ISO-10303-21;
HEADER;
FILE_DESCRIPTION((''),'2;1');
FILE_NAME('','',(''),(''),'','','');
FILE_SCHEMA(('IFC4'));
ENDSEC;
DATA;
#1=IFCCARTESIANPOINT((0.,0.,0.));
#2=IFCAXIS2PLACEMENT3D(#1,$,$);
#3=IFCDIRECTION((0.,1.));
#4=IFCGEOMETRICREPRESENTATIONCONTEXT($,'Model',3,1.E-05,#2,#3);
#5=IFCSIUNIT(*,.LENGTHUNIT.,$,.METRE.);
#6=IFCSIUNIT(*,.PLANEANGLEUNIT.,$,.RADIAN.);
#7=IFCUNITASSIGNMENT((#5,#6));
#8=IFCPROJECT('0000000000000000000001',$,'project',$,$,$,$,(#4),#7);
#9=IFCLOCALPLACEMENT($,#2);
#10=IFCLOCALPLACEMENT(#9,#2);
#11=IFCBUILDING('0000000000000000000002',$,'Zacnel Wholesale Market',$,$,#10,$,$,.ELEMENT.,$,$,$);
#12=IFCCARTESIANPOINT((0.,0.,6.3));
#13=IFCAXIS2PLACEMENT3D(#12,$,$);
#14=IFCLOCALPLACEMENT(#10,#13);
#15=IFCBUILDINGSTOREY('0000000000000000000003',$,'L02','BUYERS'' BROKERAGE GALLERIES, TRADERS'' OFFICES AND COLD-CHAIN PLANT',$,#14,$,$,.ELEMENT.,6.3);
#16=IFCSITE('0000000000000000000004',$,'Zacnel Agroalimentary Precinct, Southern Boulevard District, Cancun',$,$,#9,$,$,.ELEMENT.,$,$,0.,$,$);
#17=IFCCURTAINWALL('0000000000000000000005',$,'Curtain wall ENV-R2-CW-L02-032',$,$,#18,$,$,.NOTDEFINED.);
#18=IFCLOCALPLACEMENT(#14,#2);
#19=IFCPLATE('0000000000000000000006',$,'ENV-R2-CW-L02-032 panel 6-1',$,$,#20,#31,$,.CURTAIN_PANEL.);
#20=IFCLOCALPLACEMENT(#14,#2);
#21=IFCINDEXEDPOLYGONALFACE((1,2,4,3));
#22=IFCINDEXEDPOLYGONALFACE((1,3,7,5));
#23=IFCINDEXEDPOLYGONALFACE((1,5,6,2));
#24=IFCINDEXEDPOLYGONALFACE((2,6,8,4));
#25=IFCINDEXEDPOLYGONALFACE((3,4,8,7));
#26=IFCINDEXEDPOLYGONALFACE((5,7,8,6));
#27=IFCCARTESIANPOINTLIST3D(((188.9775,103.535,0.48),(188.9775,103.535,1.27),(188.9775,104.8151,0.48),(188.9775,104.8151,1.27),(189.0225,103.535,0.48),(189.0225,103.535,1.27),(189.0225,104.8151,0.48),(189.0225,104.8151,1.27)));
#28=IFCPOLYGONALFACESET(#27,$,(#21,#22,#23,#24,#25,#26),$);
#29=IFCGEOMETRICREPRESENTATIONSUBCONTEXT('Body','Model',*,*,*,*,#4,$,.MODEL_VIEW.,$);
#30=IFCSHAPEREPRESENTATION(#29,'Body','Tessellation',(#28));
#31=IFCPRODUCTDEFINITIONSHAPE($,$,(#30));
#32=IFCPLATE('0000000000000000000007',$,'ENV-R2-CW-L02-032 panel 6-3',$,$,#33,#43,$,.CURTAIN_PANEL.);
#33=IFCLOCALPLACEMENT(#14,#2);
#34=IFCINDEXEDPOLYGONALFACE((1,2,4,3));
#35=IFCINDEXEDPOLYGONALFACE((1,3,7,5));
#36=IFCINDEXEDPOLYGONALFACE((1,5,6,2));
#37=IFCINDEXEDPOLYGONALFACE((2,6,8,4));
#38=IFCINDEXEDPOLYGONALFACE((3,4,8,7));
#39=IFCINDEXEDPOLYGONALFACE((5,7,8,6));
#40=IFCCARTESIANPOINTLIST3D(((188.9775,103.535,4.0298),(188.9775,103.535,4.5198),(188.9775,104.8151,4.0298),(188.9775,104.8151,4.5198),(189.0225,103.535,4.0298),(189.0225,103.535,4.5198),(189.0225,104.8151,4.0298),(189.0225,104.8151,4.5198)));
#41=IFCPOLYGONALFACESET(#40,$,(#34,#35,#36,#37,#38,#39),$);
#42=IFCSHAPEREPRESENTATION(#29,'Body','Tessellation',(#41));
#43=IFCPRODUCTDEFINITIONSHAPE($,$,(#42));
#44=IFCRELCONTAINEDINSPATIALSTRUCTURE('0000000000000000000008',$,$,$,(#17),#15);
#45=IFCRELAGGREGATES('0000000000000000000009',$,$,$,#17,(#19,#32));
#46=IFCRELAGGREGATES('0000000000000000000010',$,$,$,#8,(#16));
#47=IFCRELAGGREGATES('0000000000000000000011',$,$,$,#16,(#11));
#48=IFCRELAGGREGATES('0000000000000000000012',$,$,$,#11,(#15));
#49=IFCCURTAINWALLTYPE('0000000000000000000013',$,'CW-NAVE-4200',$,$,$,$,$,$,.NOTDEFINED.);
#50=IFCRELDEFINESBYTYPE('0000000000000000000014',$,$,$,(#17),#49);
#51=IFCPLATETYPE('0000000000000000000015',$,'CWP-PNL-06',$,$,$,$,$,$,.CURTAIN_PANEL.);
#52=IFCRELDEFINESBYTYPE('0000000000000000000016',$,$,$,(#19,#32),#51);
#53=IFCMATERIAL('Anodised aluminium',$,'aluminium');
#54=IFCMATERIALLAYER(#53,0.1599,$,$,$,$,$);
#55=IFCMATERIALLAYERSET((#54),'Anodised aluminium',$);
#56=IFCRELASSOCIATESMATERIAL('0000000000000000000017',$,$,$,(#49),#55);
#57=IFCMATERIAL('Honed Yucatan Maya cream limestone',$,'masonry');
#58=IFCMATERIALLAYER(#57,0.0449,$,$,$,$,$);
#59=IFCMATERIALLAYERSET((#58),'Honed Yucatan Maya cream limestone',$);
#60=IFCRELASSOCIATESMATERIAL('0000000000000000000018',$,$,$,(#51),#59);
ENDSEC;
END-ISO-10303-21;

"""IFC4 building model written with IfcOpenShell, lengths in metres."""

from ifc_helpers import new_model, si_unit, direction, frame, origin, origin_2d, place, context, subcontext, project, spatial, rectangle, extrude, material, layer, layer_set, type_object, element, aggregate, save


model = new_model("IFC4")

# Units and contexts
model_context = context("Model", 3, precision=1e-05, world=origin(), true_north=direction((0.0, 1.0)))
body_context = subcontext(model_context, "Body", "Model", "MODEL_VIEW")
ifc_project = project(units=[si_unit("LENGTHUNIT", "METRE"), si_unit("PLANEANGLEUNIT", "RADIAN")], contexts=[model_context])

# Site, building, storey
site_placement = place(None, origin())
site = spatial("IfcSite", under=ifc_project, at=site_placement, Name="Zacnel Agroalimentary Precinct, Southern Boulevard District, Cancun", CompositionType="ELEMENT", RefElevation=0.0)
building_placement = place(site_placement, origin())
building = spatial("IfcBuilding", under=site, at=building_placement, Name="Zacnel Wholesale Market", CompositionType="ELEMENT")
storey_placement = place(building_placement, frame((0.0, 0.0, 6.3)))
storey = spatial("IfcBuildingStorey", under=building, at=storey_placement, Name="L02", Description="BUYERS' BROKERAGE GALLERIES, TRADERS' OFFICES AND COLD-CHAIN PLANT", CompositionType="ELEMENT", Elevation=6.3)

# Curtain wall, plates
ifc_material_1 = material(Name="Anodised aluminium", Category="aluminium")
ifc_layer_1 = layer(ifc_material_1, 0.1599)
ifc_layer_set_1 = layer_set([ifc_layer_1], Name="Anodised aluminium")
curtain_wall_type = type_object("IfcCurtainWallType", Name="CW-NAVE-4200", PredefinedType="NOTDEFINED", material=ifc_layer_set_1)
curtain_wall_placement = place(storey_placement, origin())
curtain_wall = element("IfcCurtainWall", 1, at=curtain_wall_placement, inside=storey, type_object=curtain_wall_type, Name="Curtain wall ENV-R2-CW-L02-032", PredefinedType="NOTDEFINED")
ifc_material_2 = material(Name="Honed Yucatan Maya cream limestone", Category="masonry")
ifc_layer_2 = layer(ifc_material_2, 0.0449)
ifc_layer_set_2 = layer_set([ifc_layer_2], Name="Honed Yucatan Maya cream limestone")
plate_type_1 = type_object("IfcPlateType", Name="CWP-PNL-06", PredefinedType="CURTAIN_PANEL", material=ifc_layer_set_2)
plate_1_placement = place(storey_placement, frame((189.0, 104.175, 0.48), z_axis=(0.0, 0.0, 1.0), x_axis=(0.0, 1.0, 0.0)))
plate_1 = element("IfcPlate", 2, at=plate_1_placement, type_object=plate_type_1, Name="ENV-R2-CW-L02-032 panel 6-1", PredefinedType="CURTAIN_PANEL", context=body_context, shape_type="SweptSolid", body=[
    extrude(rectangle(XDim=1.28, YDim=0.0449, at=origin_2d()), origin(), (0.0, 0.0, 1.0), 0.79),
])
plate_2_placement = place(storey_placement, frame((189.0, 104.175, 4.0298), z_axis=(0.0, 0.0, 1.0), x_axis=(0.0, 1.0, 0.0)))
plate_2 = element("IfcPlate", 3, at=plate_2_placement, type_object=plate_type_1, Name="ENV-R2-CW-L02-032 panel 6-3", PredefinedType="CURTAIN_PANEL", context=body_context, shape_type="SweptSolid", body=[
    extrude(rectangle(XDim=1.28, YDim=0.0449, at=origin_2d()), origin(), (0.0, 0.0, 1.0), 0.49),
])
aggregate(curtain_wall, [plate_1, plate_2])

save(model, "model.ifc")
